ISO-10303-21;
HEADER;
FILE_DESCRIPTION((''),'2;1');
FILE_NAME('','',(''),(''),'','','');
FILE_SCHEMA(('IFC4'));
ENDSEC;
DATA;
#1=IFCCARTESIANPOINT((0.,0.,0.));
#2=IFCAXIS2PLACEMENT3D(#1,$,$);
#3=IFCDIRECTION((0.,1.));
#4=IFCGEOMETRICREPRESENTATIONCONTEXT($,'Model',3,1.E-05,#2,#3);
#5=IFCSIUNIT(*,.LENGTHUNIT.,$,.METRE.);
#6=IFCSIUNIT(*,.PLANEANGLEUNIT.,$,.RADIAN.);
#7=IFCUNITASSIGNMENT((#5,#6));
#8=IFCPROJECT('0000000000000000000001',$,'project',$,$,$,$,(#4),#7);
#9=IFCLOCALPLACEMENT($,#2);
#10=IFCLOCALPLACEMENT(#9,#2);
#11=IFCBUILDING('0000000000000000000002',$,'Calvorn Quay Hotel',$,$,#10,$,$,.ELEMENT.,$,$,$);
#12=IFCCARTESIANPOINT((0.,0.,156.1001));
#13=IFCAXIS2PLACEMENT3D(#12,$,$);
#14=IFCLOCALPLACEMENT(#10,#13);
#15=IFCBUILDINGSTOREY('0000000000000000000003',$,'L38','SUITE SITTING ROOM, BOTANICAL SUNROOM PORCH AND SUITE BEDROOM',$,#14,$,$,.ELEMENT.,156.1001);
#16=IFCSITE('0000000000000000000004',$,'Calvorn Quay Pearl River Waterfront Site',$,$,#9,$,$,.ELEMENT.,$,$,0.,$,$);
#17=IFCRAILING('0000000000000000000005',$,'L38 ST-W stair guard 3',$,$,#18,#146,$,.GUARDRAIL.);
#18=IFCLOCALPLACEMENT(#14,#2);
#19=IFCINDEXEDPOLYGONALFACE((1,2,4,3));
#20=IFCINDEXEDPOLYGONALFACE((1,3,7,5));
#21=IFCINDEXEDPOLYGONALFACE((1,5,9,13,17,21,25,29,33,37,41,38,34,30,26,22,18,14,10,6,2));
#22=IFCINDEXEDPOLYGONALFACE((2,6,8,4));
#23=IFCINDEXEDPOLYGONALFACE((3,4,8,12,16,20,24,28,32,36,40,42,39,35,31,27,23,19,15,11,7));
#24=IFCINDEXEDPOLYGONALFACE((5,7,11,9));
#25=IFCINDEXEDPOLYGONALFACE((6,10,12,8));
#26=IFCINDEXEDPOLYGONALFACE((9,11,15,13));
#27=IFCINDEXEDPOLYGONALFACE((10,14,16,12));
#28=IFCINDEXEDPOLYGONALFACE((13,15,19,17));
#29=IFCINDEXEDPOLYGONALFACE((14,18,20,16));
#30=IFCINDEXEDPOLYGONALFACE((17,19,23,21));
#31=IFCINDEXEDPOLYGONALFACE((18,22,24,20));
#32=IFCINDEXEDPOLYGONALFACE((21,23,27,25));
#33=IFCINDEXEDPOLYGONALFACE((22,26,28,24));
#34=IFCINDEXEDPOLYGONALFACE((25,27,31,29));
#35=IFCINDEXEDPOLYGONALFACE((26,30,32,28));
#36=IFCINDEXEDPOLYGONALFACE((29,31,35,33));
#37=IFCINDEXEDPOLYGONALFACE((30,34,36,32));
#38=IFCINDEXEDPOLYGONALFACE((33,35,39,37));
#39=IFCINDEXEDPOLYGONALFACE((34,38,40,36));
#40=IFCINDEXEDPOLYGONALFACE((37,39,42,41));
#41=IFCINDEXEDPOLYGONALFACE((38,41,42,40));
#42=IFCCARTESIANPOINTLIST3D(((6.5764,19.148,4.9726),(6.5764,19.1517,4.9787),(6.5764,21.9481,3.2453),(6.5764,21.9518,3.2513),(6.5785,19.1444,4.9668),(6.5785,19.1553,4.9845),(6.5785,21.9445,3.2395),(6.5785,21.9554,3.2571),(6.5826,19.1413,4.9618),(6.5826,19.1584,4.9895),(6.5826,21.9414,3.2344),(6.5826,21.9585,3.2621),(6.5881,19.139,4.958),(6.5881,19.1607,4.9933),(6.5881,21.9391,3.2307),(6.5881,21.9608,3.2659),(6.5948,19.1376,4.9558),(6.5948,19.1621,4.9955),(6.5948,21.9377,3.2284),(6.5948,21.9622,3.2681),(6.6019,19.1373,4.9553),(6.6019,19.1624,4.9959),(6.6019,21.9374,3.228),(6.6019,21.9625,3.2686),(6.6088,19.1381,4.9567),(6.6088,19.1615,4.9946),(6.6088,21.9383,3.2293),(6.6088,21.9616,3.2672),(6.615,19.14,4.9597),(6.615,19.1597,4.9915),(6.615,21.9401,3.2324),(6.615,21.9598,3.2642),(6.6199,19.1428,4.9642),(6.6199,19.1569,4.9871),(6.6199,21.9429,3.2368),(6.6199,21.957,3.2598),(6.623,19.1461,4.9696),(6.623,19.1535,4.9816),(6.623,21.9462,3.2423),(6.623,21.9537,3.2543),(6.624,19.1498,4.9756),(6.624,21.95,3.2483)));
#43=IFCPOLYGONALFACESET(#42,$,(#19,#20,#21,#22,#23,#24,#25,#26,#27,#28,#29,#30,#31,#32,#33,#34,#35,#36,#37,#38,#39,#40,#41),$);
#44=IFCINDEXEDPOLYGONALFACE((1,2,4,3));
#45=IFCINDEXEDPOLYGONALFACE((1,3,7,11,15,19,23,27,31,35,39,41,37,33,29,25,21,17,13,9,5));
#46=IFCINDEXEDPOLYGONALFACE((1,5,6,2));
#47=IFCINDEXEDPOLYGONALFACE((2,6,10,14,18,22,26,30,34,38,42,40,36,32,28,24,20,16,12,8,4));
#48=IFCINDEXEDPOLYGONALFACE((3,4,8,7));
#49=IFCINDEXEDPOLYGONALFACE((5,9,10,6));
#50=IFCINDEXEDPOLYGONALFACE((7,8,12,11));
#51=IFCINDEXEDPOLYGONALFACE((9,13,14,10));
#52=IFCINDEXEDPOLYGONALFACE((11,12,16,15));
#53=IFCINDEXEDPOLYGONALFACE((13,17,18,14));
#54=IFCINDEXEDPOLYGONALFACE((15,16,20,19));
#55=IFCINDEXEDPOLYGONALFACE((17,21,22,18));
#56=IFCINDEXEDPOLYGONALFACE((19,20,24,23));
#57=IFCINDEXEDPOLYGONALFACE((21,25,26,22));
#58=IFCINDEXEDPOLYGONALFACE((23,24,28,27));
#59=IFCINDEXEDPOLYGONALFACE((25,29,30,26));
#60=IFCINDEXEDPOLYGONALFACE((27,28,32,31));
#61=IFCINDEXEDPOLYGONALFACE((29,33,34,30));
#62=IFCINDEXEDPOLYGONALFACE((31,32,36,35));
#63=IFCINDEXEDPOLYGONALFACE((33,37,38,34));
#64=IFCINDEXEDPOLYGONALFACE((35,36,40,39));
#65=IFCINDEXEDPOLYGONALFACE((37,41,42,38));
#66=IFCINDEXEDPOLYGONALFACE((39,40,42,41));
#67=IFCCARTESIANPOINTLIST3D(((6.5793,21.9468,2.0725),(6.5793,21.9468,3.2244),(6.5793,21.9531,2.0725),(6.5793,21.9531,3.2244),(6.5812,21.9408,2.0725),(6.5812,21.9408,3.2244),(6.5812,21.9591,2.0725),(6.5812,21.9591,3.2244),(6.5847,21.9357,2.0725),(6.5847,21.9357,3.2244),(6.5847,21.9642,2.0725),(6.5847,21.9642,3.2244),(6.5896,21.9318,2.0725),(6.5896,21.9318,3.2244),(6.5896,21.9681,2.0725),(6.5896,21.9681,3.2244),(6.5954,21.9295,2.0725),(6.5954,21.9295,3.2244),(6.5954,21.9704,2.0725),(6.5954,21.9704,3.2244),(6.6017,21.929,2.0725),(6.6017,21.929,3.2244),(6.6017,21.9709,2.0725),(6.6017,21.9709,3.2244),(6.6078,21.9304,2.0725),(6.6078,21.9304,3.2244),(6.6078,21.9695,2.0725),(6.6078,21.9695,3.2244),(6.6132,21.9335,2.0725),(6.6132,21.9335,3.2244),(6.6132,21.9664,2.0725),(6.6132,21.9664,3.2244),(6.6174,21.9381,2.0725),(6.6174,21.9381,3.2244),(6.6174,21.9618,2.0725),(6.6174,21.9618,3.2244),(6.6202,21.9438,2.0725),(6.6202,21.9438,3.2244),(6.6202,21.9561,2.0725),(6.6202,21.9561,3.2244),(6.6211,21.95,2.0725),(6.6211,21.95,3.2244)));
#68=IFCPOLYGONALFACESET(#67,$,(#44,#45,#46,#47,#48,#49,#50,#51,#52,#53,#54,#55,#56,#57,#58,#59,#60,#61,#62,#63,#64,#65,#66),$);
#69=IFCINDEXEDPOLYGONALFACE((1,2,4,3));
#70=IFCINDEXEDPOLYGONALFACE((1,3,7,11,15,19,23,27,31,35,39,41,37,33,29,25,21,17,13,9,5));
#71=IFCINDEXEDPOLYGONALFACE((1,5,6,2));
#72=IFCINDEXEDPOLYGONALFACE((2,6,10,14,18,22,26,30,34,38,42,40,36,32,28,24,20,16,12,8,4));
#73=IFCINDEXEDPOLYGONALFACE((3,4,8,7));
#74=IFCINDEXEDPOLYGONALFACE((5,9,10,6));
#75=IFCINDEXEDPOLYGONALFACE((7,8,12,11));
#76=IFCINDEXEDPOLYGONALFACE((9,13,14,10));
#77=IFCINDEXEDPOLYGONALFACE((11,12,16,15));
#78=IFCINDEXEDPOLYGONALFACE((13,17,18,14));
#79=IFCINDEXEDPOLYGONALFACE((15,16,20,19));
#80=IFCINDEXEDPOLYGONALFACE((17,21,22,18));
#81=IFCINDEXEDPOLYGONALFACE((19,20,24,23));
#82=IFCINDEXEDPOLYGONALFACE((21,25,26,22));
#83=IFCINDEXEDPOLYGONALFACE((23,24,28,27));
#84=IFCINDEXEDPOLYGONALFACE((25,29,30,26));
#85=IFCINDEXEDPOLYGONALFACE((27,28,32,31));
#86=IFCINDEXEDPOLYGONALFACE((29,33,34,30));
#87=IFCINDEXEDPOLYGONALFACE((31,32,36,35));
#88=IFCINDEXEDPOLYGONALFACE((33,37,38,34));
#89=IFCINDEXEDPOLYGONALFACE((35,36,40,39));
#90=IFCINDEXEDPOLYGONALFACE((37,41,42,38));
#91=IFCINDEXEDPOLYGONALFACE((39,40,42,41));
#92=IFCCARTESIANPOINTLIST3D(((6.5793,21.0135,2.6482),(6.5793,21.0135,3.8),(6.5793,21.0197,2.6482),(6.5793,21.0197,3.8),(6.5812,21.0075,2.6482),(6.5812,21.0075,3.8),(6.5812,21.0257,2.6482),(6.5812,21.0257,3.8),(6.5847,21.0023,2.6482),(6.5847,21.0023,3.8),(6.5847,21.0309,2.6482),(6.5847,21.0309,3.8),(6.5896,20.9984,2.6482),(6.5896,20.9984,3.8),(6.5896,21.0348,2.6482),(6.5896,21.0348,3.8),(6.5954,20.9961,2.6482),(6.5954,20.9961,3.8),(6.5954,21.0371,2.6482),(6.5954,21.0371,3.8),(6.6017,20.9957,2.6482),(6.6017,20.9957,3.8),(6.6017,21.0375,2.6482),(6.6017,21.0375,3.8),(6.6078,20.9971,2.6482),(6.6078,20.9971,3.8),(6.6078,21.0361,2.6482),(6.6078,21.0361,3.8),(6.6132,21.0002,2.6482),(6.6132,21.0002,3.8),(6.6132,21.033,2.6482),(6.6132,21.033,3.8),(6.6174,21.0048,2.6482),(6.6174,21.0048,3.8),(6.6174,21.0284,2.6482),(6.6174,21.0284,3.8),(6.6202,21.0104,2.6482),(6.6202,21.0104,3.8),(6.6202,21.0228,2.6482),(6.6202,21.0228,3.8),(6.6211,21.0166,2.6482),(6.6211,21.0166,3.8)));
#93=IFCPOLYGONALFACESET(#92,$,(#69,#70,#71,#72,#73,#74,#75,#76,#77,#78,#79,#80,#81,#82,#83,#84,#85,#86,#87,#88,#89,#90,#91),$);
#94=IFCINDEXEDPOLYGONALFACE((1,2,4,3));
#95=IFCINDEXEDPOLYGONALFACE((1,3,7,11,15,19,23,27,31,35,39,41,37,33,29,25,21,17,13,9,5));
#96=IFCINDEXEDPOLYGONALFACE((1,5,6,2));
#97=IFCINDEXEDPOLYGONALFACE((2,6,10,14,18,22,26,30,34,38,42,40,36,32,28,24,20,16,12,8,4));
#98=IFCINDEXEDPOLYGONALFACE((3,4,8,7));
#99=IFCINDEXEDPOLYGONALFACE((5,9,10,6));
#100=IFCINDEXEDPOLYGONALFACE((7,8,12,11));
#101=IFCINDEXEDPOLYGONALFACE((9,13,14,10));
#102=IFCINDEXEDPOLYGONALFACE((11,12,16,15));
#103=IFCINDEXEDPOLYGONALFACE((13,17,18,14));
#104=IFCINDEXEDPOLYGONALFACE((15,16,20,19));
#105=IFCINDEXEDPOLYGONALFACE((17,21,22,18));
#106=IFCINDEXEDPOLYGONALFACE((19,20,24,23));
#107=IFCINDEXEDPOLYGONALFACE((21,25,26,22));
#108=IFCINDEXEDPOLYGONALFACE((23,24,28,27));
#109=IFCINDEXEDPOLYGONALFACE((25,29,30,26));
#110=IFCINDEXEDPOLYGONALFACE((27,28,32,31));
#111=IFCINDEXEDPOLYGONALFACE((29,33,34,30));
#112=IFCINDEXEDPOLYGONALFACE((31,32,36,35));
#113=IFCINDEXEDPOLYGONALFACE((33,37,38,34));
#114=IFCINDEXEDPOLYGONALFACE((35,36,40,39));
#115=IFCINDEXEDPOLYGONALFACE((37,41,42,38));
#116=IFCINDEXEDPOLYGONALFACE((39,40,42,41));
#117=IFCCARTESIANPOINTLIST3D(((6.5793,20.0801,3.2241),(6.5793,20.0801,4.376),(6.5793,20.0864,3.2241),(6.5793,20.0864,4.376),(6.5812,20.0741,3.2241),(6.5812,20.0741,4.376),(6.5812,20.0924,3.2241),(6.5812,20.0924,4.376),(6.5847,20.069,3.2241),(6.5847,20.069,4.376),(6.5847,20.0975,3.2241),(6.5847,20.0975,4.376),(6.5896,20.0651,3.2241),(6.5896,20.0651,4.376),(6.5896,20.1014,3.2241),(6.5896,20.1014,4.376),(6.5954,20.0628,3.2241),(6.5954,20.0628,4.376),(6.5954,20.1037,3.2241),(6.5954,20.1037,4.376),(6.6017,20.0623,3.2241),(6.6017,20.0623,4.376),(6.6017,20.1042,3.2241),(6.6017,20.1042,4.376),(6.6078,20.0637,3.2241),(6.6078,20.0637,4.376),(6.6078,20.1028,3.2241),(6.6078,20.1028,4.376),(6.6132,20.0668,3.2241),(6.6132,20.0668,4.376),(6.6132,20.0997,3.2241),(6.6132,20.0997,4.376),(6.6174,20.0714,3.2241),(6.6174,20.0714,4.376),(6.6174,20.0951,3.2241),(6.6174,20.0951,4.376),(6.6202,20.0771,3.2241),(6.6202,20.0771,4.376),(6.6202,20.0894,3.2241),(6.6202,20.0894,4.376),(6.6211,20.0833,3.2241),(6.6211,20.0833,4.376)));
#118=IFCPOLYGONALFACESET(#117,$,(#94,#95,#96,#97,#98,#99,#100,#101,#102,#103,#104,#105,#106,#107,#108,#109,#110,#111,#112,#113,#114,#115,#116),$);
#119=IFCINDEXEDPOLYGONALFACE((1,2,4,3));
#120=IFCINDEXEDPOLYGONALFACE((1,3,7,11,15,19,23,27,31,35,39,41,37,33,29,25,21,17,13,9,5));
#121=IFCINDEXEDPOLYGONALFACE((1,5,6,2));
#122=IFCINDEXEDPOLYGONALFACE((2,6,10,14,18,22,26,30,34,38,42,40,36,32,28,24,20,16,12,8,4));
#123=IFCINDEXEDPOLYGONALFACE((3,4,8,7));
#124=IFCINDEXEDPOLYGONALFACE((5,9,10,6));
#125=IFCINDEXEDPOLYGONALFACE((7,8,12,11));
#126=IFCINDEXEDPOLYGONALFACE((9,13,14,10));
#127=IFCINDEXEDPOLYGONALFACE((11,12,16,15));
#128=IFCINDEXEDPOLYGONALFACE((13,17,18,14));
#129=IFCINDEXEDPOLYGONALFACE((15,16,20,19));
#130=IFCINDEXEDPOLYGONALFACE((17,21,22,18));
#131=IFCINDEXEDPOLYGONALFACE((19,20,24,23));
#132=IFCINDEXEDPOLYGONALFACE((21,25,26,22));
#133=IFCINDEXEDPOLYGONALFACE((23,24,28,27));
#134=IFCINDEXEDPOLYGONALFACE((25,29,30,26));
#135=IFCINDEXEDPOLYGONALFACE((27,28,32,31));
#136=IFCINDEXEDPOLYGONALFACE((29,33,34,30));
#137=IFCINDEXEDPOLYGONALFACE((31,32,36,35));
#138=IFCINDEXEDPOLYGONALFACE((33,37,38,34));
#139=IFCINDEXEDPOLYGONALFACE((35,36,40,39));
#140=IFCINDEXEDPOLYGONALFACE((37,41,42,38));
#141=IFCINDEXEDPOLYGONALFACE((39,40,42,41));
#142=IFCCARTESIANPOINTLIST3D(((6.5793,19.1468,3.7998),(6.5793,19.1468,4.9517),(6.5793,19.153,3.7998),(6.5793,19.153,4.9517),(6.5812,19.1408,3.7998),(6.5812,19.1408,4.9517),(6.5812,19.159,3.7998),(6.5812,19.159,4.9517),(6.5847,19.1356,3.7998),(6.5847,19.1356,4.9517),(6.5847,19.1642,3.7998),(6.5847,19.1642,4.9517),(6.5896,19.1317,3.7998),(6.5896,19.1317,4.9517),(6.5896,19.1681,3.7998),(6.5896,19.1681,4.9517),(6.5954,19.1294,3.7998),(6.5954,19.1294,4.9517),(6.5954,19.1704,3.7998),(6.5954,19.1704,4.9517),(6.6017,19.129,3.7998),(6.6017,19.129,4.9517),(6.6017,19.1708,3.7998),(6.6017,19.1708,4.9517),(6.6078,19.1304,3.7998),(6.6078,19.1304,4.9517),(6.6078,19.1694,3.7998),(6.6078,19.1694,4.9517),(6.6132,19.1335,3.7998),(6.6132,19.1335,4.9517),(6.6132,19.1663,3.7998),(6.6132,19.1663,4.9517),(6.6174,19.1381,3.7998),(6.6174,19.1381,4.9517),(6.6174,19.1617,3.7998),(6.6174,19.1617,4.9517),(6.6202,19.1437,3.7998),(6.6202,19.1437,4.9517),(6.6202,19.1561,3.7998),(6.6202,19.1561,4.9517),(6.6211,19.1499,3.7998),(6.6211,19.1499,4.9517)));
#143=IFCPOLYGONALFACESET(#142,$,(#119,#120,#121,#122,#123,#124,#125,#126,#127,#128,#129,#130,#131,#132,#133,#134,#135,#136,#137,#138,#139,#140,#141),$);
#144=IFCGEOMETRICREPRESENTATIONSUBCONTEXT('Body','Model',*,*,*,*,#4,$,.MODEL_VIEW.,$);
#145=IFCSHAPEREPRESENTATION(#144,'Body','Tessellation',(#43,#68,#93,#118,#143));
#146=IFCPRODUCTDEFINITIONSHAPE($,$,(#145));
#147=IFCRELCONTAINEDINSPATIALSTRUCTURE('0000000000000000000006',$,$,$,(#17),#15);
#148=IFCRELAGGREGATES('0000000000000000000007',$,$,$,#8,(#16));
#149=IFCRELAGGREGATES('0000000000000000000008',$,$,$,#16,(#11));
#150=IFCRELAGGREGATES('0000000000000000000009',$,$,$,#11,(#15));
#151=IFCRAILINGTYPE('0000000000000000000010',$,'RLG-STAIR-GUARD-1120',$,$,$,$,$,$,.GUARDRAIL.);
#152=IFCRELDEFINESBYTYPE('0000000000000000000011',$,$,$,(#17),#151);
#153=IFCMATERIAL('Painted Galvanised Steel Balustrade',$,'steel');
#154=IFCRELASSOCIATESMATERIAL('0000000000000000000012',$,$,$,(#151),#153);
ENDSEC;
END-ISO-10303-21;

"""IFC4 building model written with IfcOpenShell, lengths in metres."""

from ifc_helpers import new_model, si_unit, direction, frame, origin, origin_2d, place, context, subcontext, project, spatial, circle, extrude, material, type_object, element, save


model = new_model("IFC4")

# Units and contexts
model_context = context("Model", 3, precision=1e-05, world=origin(), true_north=direction((0.0, 1.0)))
body_context = subcontext(model_context, "Body", "Model", "MODEL_VIEW")
ifc_project = project(units=[si_unit("LENGTHUNIT", "METRE"), si_unit("PLANEANGLEUNIT", "RADIAN")], contexts=[model_context])

# Site, building, storey
site_placement = place(None, origin())
site = spatial("IfcSite", under=ifc_project, at=site_placement, Name="Calvorn Quay Pearl River Waterfront Site", CompositionType="ELEMENT", RefElevation=0.0)
building_placement = place(site_placement, origin())
building = spatial("IfcBuilding", under=site, at=building_placement, Name="Calvorn Quay Hotel", CompositionType="ELEMENT")
storey_placement = place(building_placement, frame((0.0, 0.0, 156.1001)))
storey = spatial("IfcBuildingStorey", under=building, at=storey_placement, Name="L38", Description="SUITE SITTING ROOM, BOTANICAL SUNROOM PORCH AND SUITE BEDROOM", CompositionType="ELEMENT", Elevation=156.1001)

# Railing
ifc_material_1 = material(Name="Painted Galvanised Steel Balustrade", Category="steel")
railing_type_1 = type_object("IfcRailingType", Name="RLG-STAIR-GUARD-1120", PredefinedType="GUARDRAIL", material=ifc_material_1)
railing_1_placement = place(storey_placement, frame((6.6001, 21.95, 2.0725)))
element("IfcRailing", 1, at=railing_1_placement, inside=storey, type_object=railing_type_1, Name="L38 ST-W stair guard 3", PredefinedType="GUARDRAIL", context=body_context, shape_type="SweptSolid", body=[
    extrude(circle(Radius=0.0239, at=origin_2d()), frame((0.0, 0.0, 1.1758), z_axis=(0.0, -0.85109, 0.52502), x_axis=(1.0, 0.0, 0.0)), (0.0, 0.0, 1.0), 3.29),
    extrude(circle(Radius=0.021, at=origin_2d()), origin(), (0.0, 0.0, 1.0), 1.1519),
    extrude(circle(Radius=0.021, at=origin_2d()), frame((0.0, -0.9333, 0.5757)), (0.0, 0.0, 1.0), 1.1519),
    extrude(circle(Radius=0.021, at=origin_2d()), frame((0.0, -1.8667, 1.1516)), (0.0, 0.0, 1.0), 1.1519),
    extrude(circle(Radius=0.021, at=origin_2d()), frame((0.0, -2.8, 1.7273)), (0.0, 0.0, 1.0), 1.1519),
])

save(model, "model.ifc")
